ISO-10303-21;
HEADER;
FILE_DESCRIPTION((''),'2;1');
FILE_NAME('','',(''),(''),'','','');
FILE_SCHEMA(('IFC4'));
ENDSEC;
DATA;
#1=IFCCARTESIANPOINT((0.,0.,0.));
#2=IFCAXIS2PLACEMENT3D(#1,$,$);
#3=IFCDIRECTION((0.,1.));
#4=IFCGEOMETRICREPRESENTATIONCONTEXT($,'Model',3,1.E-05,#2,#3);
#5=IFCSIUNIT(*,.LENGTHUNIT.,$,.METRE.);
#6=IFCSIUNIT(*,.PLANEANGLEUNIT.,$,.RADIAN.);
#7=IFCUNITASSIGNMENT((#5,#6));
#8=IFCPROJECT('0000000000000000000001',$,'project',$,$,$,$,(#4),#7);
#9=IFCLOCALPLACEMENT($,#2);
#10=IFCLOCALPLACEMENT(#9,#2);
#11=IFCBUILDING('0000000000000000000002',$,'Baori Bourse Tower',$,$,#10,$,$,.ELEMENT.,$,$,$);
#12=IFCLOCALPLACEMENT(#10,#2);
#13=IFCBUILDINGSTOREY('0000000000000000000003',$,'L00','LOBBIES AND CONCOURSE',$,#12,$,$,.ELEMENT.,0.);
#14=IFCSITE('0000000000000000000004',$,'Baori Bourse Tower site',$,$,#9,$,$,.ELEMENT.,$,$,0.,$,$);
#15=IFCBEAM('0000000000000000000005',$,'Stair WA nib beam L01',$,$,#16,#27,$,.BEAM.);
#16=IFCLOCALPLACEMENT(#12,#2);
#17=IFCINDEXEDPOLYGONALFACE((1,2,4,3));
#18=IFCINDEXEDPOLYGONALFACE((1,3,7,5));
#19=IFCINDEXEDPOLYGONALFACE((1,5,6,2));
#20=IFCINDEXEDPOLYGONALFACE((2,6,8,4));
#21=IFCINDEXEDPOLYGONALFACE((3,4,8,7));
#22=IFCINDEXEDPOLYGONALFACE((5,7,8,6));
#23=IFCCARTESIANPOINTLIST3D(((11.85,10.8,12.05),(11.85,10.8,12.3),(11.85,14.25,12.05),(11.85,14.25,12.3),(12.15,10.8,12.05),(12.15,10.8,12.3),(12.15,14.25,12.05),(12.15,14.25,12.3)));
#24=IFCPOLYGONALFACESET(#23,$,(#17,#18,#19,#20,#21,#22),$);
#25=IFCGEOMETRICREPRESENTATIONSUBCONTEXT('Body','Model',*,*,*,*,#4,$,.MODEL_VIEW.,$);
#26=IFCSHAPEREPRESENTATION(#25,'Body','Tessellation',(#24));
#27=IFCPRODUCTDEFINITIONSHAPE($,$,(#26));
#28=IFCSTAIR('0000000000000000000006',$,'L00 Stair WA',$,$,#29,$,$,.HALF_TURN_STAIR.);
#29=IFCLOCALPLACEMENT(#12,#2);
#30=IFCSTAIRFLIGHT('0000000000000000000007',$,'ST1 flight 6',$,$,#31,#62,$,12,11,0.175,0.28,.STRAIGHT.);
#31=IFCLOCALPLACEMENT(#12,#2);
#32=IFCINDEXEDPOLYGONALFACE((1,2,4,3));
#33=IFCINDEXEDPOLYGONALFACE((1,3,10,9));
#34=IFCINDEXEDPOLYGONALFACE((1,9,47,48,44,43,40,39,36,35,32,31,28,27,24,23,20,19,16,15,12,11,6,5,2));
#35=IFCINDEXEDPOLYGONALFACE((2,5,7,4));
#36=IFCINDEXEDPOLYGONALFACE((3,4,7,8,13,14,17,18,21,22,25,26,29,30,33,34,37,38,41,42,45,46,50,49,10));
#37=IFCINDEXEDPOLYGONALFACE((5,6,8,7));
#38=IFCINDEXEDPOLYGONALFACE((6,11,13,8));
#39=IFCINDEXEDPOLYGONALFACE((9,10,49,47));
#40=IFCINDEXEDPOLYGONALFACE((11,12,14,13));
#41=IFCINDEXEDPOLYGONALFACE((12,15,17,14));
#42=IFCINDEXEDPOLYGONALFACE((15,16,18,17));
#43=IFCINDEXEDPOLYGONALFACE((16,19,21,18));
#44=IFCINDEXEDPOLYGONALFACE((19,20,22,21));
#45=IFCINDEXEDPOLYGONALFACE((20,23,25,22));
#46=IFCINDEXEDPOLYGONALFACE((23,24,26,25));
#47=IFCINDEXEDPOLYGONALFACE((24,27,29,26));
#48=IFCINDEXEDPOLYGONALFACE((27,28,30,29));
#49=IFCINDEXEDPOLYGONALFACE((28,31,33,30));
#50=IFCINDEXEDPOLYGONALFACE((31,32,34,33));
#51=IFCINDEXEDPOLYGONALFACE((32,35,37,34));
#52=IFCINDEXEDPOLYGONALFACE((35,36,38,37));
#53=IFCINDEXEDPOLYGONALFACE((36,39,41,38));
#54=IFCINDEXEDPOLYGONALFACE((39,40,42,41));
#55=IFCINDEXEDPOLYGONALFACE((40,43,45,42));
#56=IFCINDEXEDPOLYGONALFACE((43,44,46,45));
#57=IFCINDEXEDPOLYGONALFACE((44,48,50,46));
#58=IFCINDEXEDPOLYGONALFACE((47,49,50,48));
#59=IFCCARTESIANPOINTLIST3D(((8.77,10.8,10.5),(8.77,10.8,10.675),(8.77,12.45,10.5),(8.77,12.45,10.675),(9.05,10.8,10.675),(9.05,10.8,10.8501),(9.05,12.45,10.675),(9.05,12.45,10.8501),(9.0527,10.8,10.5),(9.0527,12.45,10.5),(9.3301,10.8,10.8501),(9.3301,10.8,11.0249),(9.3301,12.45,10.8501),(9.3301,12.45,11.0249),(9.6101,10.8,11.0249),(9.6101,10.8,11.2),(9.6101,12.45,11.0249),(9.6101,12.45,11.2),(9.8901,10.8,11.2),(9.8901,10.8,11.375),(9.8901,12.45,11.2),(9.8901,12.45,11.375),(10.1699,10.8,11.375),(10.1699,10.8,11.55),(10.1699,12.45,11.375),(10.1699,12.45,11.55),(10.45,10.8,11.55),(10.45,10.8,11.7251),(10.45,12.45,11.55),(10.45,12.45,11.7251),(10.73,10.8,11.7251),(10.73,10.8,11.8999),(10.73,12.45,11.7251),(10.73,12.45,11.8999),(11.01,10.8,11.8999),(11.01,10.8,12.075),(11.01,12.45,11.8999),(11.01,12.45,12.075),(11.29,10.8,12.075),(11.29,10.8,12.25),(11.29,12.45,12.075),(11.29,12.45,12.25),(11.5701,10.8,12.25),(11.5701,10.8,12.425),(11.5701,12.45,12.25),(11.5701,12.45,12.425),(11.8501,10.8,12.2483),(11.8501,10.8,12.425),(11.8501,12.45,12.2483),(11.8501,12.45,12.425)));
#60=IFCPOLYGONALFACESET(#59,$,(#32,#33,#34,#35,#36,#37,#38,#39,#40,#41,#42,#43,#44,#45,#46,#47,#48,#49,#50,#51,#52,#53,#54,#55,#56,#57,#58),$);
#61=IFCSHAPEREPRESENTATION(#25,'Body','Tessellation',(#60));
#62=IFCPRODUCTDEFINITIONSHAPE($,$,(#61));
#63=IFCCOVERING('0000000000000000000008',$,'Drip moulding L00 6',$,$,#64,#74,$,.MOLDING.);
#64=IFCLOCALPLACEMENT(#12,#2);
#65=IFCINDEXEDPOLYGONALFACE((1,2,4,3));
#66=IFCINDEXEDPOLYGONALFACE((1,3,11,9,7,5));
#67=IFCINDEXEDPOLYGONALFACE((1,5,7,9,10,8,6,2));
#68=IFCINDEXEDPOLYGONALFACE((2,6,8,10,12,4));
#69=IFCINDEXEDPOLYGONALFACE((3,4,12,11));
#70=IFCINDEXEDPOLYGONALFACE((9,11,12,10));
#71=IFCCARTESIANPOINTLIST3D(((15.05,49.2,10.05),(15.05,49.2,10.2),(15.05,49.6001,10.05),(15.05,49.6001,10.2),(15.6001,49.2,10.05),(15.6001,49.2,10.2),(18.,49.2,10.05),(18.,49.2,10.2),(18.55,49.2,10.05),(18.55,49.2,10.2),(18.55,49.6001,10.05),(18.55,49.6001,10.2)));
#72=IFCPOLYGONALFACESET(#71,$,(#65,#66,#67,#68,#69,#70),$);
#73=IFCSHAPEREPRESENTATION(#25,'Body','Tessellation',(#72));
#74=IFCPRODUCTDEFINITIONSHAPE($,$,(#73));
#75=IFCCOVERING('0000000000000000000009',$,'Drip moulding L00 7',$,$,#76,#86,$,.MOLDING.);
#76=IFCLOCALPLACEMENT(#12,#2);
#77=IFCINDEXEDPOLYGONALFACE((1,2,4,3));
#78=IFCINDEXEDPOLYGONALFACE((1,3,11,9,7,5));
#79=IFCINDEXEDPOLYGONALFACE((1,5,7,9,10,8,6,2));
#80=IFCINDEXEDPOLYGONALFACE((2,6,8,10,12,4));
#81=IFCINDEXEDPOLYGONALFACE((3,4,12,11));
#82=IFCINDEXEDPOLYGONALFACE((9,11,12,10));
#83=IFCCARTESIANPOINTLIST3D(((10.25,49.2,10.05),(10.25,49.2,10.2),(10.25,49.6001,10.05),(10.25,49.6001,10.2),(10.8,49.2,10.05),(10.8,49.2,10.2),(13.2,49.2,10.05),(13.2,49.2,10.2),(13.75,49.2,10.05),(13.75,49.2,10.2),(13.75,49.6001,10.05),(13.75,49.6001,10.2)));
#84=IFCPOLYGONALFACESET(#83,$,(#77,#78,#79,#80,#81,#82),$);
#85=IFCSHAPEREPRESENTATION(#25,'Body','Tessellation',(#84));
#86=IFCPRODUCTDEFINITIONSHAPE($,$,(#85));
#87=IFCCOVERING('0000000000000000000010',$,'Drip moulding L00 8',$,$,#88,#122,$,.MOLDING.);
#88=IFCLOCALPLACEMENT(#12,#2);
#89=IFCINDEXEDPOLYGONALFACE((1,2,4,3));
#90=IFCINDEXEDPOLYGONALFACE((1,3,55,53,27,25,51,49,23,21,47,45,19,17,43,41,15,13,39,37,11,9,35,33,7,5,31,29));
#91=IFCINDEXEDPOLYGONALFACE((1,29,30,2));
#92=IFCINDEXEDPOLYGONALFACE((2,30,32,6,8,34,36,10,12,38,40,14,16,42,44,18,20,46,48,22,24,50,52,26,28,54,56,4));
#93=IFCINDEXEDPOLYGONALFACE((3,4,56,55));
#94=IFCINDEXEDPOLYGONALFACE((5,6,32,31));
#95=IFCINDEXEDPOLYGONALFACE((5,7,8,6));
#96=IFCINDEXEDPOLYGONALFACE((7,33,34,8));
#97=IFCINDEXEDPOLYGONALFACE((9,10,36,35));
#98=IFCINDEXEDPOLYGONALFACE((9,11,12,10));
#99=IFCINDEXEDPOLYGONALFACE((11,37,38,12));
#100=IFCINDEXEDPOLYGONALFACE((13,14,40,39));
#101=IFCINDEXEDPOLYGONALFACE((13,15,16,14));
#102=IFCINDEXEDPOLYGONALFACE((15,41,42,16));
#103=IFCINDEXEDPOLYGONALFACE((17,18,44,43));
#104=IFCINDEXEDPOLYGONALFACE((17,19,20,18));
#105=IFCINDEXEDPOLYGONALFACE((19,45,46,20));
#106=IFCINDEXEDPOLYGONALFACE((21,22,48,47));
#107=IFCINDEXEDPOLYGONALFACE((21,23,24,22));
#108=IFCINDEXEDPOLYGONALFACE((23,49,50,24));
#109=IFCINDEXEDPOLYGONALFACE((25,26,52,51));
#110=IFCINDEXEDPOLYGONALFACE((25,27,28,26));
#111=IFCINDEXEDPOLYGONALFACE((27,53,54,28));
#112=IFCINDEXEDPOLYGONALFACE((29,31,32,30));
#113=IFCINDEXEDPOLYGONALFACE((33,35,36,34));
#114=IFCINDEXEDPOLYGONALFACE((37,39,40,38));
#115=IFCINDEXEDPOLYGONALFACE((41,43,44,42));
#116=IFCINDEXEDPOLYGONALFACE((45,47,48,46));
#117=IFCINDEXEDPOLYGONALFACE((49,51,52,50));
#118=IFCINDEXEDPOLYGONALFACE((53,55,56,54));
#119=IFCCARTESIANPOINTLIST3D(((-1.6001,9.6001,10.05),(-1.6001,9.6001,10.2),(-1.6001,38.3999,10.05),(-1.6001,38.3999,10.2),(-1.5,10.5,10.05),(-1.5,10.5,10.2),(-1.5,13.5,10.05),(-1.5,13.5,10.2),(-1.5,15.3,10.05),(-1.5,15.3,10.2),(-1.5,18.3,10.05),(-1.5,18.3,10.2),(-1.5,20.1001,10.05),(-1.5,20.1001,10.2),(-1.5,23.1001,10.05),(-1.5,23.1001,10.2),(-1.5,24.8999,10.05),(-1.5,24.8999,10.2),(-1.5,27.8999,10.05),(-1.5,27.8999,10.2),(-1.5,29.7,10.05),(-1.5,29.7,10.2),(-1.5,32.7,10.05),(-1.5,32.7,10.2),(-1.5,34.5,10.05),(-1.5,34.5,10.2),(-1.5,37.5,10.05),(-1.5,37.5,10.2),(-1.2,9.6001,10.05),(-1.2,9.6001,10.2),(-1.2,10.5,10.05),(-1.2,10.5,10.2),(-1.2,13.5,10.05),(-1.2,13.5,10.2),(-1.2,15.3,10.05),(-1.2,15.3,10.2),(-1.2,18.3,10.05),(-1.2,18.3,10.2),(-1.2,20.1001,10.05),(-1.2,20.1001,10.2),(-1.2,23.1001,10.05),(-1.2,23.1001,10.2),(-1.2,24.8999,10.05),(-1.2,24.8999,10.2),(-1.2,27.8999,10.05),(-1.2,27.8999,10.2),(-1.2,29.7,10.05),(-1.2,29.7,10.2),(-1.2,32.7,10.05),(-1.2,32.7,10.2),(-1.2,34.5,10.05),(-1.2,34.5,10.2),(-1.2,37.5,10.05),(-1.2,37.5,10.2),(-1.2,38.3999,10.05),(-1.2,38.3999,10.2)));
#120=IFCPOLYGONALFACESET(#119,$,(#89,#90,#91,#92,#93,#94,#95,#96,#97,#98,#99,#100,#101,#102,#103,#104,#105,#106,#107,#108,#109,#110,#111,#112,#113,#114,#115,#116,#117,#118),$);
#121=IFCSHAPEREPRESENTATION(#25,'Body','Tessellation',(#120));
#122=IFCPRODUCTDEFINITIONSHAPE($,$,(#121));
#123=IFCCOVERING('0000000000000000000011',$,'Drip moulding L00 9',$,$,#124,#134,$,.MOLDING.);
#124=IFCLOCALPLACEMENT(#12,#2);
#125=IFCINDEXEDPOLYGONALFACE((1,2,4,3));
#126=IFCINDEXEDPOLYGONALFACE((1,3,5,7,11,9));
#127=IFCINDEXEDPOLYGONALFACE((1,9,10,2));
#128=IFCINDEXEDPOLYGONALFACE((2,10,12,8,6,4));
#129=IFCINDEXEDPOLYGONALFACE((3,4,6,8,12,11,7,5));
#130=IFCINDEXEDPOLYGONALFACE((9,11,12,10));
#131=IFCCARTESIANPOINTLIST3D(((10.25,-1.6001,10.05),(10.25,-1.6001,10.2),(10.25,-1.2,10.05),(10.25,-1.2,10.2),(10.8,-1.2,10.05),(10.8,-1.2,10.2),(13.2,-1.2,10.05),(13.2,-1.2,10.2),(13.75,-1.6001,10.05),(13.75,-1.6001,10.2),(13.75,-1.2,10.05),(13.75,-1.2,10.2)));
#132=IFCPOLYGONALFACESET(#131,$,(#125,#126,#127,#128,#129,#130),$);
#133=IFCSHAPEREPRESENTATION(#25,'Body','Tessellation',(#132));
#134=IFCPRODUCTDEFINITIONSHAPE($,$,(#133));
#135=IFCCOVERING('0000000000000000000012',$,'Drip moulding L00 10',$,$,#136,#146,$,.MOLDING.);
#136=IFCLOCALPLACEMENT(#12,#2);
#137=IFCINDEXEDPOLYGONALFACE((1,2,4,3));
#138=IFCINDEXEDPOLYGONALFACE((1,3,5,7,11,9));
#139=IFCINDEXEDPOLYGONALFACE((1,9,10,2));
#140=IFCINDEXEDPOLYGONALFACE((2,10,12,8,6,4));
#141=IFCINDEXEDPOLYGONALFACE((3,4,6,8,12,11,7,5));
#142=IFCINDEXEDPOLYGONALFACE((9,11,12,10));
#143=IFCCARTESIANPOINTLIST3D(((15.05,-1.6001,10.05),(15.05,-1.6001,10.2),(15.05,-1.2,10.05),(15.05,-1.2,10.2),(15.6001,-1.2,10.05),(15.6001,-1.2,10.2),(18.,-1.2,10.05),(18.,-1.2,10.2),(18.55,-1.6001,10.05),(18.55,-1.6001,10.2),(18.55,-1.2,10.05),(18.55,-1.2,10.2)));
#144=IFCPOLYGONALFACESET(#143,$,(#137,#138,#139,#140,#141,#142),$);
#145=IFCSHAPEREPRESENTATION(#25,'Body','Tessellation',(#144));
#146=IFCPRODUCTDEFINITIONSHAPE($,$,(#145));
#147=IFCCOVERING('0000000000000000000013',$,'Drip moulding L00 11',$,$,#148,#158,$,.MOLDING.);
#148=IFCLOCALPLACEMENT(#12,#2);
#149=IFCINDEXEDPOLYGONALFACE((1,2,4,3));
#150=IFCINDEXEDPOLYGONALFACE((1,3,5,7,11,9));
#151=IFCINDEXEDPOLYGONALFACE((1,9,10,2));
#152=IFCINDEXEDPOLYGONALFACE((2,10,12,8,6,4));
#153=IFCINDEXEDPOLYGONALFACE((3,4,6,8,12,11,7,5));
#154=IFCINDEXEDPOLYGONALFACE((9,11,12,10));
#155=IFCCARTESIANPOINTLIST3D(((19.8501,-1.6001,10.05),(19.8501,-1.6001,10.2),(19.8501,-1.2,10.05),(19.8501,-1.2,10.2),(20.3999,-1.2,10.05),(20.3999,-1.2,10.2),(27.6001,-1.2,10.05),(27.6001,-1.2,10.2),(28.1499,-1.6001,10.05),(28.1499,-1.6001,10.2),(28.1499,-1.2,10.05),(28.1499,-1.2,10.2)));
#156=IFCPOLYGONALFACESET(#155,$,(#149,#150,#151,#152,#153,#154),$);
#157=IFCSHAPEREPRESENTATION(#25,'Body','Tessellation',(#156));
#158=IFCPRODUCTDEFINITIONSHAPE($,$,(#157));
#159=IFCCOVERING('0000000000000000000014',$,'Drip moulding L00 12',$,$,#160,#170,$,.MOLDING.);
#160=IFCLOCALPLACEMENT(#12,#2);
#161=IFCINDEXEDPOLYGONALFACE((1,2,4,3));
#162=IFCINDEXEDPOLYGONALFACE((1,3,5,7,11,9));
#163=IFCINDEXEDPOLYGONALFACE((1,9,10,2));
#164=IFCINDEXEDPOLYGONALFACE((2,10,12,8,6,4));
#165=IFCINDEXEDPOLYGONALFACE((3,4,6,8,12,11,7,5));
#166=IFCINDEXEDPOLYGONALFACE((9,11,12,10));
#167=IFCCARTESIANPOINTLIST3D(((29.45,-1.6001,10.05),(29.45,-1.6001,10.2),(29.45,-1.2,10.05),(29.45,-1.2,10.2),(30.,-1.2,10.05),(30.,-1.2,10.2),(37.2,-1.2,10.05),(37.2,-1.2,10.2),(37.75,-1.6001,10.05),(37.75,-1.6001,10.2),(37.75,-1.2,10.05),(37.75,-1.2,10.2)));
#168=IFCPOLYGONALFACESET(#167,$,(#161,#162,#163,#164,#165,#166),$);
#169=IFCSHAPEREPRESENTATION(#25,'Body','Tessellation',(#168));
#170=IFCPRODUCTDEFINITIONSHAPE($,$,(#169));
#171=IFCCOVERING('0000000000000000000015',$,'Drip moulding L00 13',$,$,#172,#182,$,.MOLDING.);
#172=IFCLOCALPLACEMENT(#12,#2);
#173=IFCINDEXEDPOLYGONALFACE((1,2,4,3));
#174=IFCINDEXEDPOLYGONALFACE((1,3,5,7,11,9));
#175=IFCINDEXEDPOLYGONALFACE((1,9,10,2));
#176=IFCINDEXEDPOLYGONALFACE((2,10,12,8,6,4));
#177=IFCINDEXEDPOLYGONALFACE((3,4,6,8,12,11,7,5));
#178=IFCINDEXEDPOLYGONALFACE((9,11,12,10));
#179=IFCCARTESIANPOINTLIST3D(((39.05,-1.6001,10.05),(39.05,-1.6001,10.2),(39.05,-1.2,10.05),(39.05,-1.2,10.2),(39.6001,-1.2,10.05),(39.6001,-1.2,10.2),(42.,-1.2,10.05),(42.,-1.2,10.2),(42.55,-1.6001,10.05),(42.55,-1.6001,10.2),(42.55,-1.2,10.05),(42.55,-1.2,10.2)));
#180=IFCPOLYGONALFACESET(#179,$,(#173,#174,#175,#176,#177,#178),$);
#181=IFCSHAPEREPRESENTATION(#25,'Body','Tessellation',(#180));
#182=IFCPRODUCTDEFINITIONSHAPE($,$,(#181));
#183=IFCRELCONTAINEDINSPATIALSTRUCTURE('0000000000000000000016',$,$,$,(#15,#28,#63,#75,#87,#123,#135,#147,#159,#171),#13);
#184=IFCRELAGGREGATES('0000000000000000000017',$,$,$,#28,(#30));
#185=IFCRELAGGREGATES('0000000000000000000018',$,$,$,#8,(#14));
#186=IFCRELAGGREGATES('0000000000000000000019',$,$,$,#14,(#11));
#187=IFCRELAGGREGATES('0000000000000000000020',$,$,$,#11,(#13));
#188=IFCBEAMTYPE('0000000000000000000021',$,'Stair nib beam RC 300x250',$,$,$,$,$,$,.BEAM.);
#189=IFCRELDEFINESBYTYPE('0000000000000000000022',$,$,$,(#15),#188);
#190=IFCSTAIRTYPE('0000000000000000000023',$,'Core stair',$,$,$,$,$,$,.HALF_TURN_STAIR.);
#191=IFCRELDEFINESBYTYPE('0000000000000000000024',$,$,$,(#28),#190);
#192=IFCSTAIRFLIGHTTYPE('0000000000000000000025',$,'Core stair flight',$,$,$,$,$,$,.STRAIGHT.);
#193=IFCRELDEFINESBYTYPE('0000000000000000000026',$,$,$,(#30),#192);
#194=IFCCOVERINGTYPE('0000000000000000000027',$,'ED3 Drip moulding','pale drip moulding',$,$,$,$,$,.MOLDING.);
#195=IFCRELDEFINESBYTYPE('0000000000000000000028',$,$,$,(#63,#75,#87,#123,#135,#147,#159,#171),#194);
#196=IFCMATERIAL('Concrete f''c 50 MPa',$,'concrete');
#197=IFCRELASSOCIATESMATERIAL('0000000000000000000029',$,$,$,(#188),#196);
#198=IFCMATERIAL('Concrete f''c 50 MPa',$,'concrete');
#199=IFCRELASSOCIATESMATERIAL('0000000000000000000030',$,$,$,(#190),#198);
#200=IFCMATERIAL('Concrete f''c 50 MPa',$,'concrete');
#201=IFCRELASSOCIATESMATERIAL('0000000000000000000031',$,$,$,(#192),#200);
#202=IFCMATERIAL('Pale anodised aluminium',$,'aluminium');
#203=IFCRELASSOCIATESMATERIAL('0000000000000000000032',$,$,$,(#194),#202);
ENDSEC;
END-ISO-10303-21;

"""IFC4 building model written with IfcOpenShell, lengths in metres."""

from ifc_helpers import new_model, si_unit, direction, frame, origin, origin_2d, place, context, subcontext, project, spatial, polyline, rectangle, outline, extrude, material, material_profile, profile_set, type_object, element, aggregate, save


model = new_model("IFC4")

# Units and contexts
model_context = context("Model", 3, precision=1e-05, world=origin(), true_north=direction((0.0, 1.0)))
body_context = subcontext(model_context, "Body", "Model", "MODEL_VIEW")
ifc_project = project(units=[si_unit("LENGTHUNIT", "METRE"), si_unit("PLANEANGLEUNIT", "RADIAN")], contexts=[model_context])

# Site, building, storey
site_placement = place(None, origin())
site = spatial("IfcSite", under=ifc_project, at=site_placement, Name="Baori Bourse Tower site", CompositionType="ELEMENT", RefElevation=0.0)
building_placement = place(site_placement, origin())
building = spatial("IfcBuilding", under=site, at=building_placement, Name="Baori Bourse Tower", CompositionType="ELEMENT")
storey_placement = place(building_placement, origin())
storey = spatial("IfcBuildingStorey", under=building, at=storey_placement, Name="L00", Description="LOBBIES AND CONCOURSE", CompositionType="ELEMENT", Elevation=0.0)

# Beam
ifc_material_1 = material(Name="Concrete f'c 50 MPa", Category="concrete")
ifc_material_profile = material_profile(ifc_material_1, rectangle(XDim=0.3, YDim=0.25, at=origin_2d()), Name="RC 300x250")
ifc_profile_set = profile_set([ifc_material_profile], Name="Concrete f'c 50 MPa")
beam_type = type_object("IfcBeamType", Name="Stair nib beam RC 300x250", PredefinedType="BEAM", material=ifc_profile_set)
beam_placement = place(storey_placement, frame((12.0, 10.8, 12.175), z_axis=(0.0, 1.0, 0.0), x_axis=(-1.0, 0.0, 0.0)))
element("IfcBeam", 1, at=beam_placement, inside=storey, type_object=beam_type, Name="Stair WA nib beam L01", PredefinedType="BEAM", context=body_context, shape_type="SweptSolid", body=[
    extrude(rectangle(XDim=0.3, YDim=0.25, at=origin_2d()), origin(), (0.0, 0.0, 1.0), 3.45),
])

# Stair, stair flight
ifc_material_2 = material(Name="Concrete f'c 50 MPa", Category="concrete")
stair_type = type_object("IfcStairType", Name="Core stair", PredefinedType="HALF_TURN_STAIR", material=ifc_material_2)
stair_placement = place(storey_placement, origin())
stair = element("IfcStair", 2, at=stair_placement, inside=storey, type_object=stair_type, Name="L00 Stair WA", PredefinedType="HALF_TURN_STAIR")
ifc_material_3 = material(Name="Concrete f'c 50 MPa", Category="concrete")
stair_flight_type = type_object("IfcStairFlightType", Name="Core stair flight", PredefinedType="STRAIGHT", material=ifc_material_3)
stair_flight_placement = place(storey_placement, frame((8.77, 11.625, 10.5), z_axis=(0.0, 0.0, 1.0), x_axis=(1.0, 0.0, 0.0)))
stair_flight = element("IfcStairFlight", 3, at=stair_flight_placement, type_object=stair_flight_type, Name="ST1 flight 6", NumberOfRisers=12, NumberOfTreads=11, PredefinedType="STRAIGHT", RiserHeight=0.175, TreadLength=0.28, context=body_context, shape_type="SweptSolid", body=[
    extrude(outline(polyline([(0.0, 0.0), (0.0, 0.175), (0.28, 0.175), (0.28, 0.3501), (0.5601, 0.3501), (0.5601, 0.5249), (0.8401, 0.5249), (0.8401, 0.7), (1.1201, 0.7), (1.1201, 0.875), (1.3999, 0.875), (1.3999, 1.05), (1.6799, 1.05), (1.6799, 1.2251), (1.96, 1.2251), (1.96, 1.3999), (2.24, 1.3999), (2.24, 1.575), (2.52, 1.575), (2.52, 1.75), (2.8, 1.75), (2.8, 1.925), (3.0801, 1.925), (3.0801, 2.1001), (3.0801, 1.7483), (0.2827, 0.0), (0.0, 0.0)])), frame((0.0, 0.825, 0.0), z_axis=(0.0, -1.0, 0.0), x_axis=(1.0, 0.0, 0.0)), (0.0, 0.0, 1.0), 1.6499),
])
aggregate(stair, [stair_flight])

# Coverings
ifc_material_4 = material(Name="Pale anodised aluminium", Category="aluminium")
covering_type_1 = type_object("IfcCoveringType", Name="ED3 Drip moulding", Description="pale drip moulding", PredefinedType="MOLDING", material=ifc_material_4)
covering_1_placement = place(storey_placement, frame((0.0, 0.0, 10.05)))
element("IfcCovering", 4, at=covering_1_placement, inside=storey, type_object=covering_type_1, Name="Drip moulding L00 6", PredefinedType="MOLDING", context=body_context, shape_type="SweptSolid", body=[
    extrude(outline(polyline([(18.0, 49.2), (18.55, 49.2), (18.55, 49.6001), (15.05, 49.6001), (15.05, 49.2), (15.6001, 49.2), (18.0, 49.2)])), origin(), (0.0, 0.0, 1.0), 0.1499),
])
covering_2_placement = place(storey_placement, frame((0.0, 0.0, 10.05)))
element("IfcCovering", 5, at=covering_2_placement, inside=storey, type_object=covering_type_1, Name="Drip moulding L00 7", PredefinedType="MOLDING", context=body_context, shape_type="SweptSolid", body=[
    extrude(outline(polyline([(13.2, 49.2), (13.75, 49.2), (13.75, 49.6001), (10.25, 49.6001), (10.25, 49.2), (10.8, 49.2), (13.2, 49.2)])), origin(), (0.0, 0.0, 1.0), 0.1499),
])
covering_3_placement = place(storey_placement, frame((0.0, 0.0, 10.05)))
element("IfcCovering", 6, at=covering_3_placement, inside=storey, type_object=covering_type_1, Name="Drip moulding L00 8", PredefinedType="MOLDING", context=body_context, shape_type="SweptSolid", body=[
    extrude(outline(polyline([(-1.2, 37.5), (-1.2, 38.3999), (-1.6001, 38.3999), (-1.6001, 9.6001), (-1.2, 9.6001), (-1.2, 10.5), (-1.5, 10.5), (-1.5, 13.5), (-1.2, 13.5), (-1.2, 15.3), (-1.5, 15.3), (-1.5, 18.3), (-1.2, 18.3), (-1.2, 20.1001), (-1.5, 20.1001), (-1.5, 23.1001), (-1.2, 23.1001), (-1.2, 24.8999), (-1.5, 24.8999), (-1.5, 27.8999), (-1.2, 27.8999), (-1.2, 29.7), (-1.5, 29.7), (-1.5, 32.7), (-1.2, 32.7), (-1.2, 34.5), (-1.5, 34.5), (-1.5, 37.5), (-1.2, 37.5)])), origin(), (0.0, 0.0, 1.0), 0.1499),
])
covering_4_placement = place(storey_placement, frame((0.0, 0.0, 10.05)))
element("IfcCovering", 7, at=covering_4_placement, inside=storey, type_object=covering_type_1, Name="Drip moulding L00 9", PredefinedType="MOLDING", context=body_context, shape_type="SweptSolid", body=[
    extrude(outline(polyline([(10.8, -1.2), (10.25, -1.2), (10.25, -1.6001), (13.75, -1.6001), (13.75, -1.2), (13.2, -1.2), (10.8, -1.2)])), origin(), (0.0, 0.0, 1.0), 0.1499),
])
covering_5_placement = place(storey_placement, frame((0.0, 0.0, 10.05)))
element("IfcCovering", 8, at=covering_5_placement, inside=storey, type_object=covering_type_1, Name="Drip moulding L00 10", PredefinedType="MOLDING", context=body_context, shape_type="SweptSolid", body=[
    extrude(outline(polyline([(15.6001, -1.2), (15.05, -1.2), (15.05, -1.6001), (18.55, -1.6001), (18.55, -1.2), (18.0, -1.2), (15.6001, -1.2)])), origin(), (0.0, 0.0, 1.0), 0.1499),
])
covering_6_placement = place(storey_placement, frame((0.0, 0.0, 10.05)))
element("IfcCovering", 9, at=covering_6_placement, inside=storey, type_object=covering_type_1, Name="Drip moulding L00 11", PredefinedType="MOLDING", context=body_context, shape_type="SweptSolid", body=[
    extrude(outline(polyline([(20.3999, -1.2), (19.8501, -1.2), (19.8501, -1.6001), (28.1499, -1.6001), (28.1499, -1.2), (27.6001, -1.2), (20.3999, -1.2)])), origin(), (0.0, 0.0, 1.0), 0.1499),
])
covering_7_placement = place(storey_placement, frame((0.0, 0.0, 10.05)))
element("IfcCovering", 10, at=covering_7_placement, inside=storey, type_object=covering_type_1, Name="Drip moulding L00 12", PredefinedType="MOLDING", context=body_context, shape_type="SweptSolid", body=[
    extrude(outline(polyline([(30.0, -1.2), (29.45, -1.2), (29.45, -1.6001), (37.75, -1.6001), (37.75, -1.2), (37.2, -1.2), (30.0, -1.2)])), origin(), (0.0, 0.0, 1.0), 0.1499),
])
covering_8_placement = place(storey_placement, frame((0.0, 0.0, 10.05)))
element("IfcCovering", 11, at=covering_8_placement, inside=storey, type_object=covering_type_1, Name="Drip moulding L00 13", PredefinedType="MOLDING", context=body_context, shape_type="SweptSolid", body=[
    extrude(outline(polyline([(39.6001, -1.2), (39.05, -1.2), (39.05, -1.6001), (42.55, -1.6001), (42.55, -1.2), (42.0, -1.2), (39.6001, -1.2)])), origin(), (0.0, 0.0, 1.0), 0.1499),
])

save(model, "model.ifc")
